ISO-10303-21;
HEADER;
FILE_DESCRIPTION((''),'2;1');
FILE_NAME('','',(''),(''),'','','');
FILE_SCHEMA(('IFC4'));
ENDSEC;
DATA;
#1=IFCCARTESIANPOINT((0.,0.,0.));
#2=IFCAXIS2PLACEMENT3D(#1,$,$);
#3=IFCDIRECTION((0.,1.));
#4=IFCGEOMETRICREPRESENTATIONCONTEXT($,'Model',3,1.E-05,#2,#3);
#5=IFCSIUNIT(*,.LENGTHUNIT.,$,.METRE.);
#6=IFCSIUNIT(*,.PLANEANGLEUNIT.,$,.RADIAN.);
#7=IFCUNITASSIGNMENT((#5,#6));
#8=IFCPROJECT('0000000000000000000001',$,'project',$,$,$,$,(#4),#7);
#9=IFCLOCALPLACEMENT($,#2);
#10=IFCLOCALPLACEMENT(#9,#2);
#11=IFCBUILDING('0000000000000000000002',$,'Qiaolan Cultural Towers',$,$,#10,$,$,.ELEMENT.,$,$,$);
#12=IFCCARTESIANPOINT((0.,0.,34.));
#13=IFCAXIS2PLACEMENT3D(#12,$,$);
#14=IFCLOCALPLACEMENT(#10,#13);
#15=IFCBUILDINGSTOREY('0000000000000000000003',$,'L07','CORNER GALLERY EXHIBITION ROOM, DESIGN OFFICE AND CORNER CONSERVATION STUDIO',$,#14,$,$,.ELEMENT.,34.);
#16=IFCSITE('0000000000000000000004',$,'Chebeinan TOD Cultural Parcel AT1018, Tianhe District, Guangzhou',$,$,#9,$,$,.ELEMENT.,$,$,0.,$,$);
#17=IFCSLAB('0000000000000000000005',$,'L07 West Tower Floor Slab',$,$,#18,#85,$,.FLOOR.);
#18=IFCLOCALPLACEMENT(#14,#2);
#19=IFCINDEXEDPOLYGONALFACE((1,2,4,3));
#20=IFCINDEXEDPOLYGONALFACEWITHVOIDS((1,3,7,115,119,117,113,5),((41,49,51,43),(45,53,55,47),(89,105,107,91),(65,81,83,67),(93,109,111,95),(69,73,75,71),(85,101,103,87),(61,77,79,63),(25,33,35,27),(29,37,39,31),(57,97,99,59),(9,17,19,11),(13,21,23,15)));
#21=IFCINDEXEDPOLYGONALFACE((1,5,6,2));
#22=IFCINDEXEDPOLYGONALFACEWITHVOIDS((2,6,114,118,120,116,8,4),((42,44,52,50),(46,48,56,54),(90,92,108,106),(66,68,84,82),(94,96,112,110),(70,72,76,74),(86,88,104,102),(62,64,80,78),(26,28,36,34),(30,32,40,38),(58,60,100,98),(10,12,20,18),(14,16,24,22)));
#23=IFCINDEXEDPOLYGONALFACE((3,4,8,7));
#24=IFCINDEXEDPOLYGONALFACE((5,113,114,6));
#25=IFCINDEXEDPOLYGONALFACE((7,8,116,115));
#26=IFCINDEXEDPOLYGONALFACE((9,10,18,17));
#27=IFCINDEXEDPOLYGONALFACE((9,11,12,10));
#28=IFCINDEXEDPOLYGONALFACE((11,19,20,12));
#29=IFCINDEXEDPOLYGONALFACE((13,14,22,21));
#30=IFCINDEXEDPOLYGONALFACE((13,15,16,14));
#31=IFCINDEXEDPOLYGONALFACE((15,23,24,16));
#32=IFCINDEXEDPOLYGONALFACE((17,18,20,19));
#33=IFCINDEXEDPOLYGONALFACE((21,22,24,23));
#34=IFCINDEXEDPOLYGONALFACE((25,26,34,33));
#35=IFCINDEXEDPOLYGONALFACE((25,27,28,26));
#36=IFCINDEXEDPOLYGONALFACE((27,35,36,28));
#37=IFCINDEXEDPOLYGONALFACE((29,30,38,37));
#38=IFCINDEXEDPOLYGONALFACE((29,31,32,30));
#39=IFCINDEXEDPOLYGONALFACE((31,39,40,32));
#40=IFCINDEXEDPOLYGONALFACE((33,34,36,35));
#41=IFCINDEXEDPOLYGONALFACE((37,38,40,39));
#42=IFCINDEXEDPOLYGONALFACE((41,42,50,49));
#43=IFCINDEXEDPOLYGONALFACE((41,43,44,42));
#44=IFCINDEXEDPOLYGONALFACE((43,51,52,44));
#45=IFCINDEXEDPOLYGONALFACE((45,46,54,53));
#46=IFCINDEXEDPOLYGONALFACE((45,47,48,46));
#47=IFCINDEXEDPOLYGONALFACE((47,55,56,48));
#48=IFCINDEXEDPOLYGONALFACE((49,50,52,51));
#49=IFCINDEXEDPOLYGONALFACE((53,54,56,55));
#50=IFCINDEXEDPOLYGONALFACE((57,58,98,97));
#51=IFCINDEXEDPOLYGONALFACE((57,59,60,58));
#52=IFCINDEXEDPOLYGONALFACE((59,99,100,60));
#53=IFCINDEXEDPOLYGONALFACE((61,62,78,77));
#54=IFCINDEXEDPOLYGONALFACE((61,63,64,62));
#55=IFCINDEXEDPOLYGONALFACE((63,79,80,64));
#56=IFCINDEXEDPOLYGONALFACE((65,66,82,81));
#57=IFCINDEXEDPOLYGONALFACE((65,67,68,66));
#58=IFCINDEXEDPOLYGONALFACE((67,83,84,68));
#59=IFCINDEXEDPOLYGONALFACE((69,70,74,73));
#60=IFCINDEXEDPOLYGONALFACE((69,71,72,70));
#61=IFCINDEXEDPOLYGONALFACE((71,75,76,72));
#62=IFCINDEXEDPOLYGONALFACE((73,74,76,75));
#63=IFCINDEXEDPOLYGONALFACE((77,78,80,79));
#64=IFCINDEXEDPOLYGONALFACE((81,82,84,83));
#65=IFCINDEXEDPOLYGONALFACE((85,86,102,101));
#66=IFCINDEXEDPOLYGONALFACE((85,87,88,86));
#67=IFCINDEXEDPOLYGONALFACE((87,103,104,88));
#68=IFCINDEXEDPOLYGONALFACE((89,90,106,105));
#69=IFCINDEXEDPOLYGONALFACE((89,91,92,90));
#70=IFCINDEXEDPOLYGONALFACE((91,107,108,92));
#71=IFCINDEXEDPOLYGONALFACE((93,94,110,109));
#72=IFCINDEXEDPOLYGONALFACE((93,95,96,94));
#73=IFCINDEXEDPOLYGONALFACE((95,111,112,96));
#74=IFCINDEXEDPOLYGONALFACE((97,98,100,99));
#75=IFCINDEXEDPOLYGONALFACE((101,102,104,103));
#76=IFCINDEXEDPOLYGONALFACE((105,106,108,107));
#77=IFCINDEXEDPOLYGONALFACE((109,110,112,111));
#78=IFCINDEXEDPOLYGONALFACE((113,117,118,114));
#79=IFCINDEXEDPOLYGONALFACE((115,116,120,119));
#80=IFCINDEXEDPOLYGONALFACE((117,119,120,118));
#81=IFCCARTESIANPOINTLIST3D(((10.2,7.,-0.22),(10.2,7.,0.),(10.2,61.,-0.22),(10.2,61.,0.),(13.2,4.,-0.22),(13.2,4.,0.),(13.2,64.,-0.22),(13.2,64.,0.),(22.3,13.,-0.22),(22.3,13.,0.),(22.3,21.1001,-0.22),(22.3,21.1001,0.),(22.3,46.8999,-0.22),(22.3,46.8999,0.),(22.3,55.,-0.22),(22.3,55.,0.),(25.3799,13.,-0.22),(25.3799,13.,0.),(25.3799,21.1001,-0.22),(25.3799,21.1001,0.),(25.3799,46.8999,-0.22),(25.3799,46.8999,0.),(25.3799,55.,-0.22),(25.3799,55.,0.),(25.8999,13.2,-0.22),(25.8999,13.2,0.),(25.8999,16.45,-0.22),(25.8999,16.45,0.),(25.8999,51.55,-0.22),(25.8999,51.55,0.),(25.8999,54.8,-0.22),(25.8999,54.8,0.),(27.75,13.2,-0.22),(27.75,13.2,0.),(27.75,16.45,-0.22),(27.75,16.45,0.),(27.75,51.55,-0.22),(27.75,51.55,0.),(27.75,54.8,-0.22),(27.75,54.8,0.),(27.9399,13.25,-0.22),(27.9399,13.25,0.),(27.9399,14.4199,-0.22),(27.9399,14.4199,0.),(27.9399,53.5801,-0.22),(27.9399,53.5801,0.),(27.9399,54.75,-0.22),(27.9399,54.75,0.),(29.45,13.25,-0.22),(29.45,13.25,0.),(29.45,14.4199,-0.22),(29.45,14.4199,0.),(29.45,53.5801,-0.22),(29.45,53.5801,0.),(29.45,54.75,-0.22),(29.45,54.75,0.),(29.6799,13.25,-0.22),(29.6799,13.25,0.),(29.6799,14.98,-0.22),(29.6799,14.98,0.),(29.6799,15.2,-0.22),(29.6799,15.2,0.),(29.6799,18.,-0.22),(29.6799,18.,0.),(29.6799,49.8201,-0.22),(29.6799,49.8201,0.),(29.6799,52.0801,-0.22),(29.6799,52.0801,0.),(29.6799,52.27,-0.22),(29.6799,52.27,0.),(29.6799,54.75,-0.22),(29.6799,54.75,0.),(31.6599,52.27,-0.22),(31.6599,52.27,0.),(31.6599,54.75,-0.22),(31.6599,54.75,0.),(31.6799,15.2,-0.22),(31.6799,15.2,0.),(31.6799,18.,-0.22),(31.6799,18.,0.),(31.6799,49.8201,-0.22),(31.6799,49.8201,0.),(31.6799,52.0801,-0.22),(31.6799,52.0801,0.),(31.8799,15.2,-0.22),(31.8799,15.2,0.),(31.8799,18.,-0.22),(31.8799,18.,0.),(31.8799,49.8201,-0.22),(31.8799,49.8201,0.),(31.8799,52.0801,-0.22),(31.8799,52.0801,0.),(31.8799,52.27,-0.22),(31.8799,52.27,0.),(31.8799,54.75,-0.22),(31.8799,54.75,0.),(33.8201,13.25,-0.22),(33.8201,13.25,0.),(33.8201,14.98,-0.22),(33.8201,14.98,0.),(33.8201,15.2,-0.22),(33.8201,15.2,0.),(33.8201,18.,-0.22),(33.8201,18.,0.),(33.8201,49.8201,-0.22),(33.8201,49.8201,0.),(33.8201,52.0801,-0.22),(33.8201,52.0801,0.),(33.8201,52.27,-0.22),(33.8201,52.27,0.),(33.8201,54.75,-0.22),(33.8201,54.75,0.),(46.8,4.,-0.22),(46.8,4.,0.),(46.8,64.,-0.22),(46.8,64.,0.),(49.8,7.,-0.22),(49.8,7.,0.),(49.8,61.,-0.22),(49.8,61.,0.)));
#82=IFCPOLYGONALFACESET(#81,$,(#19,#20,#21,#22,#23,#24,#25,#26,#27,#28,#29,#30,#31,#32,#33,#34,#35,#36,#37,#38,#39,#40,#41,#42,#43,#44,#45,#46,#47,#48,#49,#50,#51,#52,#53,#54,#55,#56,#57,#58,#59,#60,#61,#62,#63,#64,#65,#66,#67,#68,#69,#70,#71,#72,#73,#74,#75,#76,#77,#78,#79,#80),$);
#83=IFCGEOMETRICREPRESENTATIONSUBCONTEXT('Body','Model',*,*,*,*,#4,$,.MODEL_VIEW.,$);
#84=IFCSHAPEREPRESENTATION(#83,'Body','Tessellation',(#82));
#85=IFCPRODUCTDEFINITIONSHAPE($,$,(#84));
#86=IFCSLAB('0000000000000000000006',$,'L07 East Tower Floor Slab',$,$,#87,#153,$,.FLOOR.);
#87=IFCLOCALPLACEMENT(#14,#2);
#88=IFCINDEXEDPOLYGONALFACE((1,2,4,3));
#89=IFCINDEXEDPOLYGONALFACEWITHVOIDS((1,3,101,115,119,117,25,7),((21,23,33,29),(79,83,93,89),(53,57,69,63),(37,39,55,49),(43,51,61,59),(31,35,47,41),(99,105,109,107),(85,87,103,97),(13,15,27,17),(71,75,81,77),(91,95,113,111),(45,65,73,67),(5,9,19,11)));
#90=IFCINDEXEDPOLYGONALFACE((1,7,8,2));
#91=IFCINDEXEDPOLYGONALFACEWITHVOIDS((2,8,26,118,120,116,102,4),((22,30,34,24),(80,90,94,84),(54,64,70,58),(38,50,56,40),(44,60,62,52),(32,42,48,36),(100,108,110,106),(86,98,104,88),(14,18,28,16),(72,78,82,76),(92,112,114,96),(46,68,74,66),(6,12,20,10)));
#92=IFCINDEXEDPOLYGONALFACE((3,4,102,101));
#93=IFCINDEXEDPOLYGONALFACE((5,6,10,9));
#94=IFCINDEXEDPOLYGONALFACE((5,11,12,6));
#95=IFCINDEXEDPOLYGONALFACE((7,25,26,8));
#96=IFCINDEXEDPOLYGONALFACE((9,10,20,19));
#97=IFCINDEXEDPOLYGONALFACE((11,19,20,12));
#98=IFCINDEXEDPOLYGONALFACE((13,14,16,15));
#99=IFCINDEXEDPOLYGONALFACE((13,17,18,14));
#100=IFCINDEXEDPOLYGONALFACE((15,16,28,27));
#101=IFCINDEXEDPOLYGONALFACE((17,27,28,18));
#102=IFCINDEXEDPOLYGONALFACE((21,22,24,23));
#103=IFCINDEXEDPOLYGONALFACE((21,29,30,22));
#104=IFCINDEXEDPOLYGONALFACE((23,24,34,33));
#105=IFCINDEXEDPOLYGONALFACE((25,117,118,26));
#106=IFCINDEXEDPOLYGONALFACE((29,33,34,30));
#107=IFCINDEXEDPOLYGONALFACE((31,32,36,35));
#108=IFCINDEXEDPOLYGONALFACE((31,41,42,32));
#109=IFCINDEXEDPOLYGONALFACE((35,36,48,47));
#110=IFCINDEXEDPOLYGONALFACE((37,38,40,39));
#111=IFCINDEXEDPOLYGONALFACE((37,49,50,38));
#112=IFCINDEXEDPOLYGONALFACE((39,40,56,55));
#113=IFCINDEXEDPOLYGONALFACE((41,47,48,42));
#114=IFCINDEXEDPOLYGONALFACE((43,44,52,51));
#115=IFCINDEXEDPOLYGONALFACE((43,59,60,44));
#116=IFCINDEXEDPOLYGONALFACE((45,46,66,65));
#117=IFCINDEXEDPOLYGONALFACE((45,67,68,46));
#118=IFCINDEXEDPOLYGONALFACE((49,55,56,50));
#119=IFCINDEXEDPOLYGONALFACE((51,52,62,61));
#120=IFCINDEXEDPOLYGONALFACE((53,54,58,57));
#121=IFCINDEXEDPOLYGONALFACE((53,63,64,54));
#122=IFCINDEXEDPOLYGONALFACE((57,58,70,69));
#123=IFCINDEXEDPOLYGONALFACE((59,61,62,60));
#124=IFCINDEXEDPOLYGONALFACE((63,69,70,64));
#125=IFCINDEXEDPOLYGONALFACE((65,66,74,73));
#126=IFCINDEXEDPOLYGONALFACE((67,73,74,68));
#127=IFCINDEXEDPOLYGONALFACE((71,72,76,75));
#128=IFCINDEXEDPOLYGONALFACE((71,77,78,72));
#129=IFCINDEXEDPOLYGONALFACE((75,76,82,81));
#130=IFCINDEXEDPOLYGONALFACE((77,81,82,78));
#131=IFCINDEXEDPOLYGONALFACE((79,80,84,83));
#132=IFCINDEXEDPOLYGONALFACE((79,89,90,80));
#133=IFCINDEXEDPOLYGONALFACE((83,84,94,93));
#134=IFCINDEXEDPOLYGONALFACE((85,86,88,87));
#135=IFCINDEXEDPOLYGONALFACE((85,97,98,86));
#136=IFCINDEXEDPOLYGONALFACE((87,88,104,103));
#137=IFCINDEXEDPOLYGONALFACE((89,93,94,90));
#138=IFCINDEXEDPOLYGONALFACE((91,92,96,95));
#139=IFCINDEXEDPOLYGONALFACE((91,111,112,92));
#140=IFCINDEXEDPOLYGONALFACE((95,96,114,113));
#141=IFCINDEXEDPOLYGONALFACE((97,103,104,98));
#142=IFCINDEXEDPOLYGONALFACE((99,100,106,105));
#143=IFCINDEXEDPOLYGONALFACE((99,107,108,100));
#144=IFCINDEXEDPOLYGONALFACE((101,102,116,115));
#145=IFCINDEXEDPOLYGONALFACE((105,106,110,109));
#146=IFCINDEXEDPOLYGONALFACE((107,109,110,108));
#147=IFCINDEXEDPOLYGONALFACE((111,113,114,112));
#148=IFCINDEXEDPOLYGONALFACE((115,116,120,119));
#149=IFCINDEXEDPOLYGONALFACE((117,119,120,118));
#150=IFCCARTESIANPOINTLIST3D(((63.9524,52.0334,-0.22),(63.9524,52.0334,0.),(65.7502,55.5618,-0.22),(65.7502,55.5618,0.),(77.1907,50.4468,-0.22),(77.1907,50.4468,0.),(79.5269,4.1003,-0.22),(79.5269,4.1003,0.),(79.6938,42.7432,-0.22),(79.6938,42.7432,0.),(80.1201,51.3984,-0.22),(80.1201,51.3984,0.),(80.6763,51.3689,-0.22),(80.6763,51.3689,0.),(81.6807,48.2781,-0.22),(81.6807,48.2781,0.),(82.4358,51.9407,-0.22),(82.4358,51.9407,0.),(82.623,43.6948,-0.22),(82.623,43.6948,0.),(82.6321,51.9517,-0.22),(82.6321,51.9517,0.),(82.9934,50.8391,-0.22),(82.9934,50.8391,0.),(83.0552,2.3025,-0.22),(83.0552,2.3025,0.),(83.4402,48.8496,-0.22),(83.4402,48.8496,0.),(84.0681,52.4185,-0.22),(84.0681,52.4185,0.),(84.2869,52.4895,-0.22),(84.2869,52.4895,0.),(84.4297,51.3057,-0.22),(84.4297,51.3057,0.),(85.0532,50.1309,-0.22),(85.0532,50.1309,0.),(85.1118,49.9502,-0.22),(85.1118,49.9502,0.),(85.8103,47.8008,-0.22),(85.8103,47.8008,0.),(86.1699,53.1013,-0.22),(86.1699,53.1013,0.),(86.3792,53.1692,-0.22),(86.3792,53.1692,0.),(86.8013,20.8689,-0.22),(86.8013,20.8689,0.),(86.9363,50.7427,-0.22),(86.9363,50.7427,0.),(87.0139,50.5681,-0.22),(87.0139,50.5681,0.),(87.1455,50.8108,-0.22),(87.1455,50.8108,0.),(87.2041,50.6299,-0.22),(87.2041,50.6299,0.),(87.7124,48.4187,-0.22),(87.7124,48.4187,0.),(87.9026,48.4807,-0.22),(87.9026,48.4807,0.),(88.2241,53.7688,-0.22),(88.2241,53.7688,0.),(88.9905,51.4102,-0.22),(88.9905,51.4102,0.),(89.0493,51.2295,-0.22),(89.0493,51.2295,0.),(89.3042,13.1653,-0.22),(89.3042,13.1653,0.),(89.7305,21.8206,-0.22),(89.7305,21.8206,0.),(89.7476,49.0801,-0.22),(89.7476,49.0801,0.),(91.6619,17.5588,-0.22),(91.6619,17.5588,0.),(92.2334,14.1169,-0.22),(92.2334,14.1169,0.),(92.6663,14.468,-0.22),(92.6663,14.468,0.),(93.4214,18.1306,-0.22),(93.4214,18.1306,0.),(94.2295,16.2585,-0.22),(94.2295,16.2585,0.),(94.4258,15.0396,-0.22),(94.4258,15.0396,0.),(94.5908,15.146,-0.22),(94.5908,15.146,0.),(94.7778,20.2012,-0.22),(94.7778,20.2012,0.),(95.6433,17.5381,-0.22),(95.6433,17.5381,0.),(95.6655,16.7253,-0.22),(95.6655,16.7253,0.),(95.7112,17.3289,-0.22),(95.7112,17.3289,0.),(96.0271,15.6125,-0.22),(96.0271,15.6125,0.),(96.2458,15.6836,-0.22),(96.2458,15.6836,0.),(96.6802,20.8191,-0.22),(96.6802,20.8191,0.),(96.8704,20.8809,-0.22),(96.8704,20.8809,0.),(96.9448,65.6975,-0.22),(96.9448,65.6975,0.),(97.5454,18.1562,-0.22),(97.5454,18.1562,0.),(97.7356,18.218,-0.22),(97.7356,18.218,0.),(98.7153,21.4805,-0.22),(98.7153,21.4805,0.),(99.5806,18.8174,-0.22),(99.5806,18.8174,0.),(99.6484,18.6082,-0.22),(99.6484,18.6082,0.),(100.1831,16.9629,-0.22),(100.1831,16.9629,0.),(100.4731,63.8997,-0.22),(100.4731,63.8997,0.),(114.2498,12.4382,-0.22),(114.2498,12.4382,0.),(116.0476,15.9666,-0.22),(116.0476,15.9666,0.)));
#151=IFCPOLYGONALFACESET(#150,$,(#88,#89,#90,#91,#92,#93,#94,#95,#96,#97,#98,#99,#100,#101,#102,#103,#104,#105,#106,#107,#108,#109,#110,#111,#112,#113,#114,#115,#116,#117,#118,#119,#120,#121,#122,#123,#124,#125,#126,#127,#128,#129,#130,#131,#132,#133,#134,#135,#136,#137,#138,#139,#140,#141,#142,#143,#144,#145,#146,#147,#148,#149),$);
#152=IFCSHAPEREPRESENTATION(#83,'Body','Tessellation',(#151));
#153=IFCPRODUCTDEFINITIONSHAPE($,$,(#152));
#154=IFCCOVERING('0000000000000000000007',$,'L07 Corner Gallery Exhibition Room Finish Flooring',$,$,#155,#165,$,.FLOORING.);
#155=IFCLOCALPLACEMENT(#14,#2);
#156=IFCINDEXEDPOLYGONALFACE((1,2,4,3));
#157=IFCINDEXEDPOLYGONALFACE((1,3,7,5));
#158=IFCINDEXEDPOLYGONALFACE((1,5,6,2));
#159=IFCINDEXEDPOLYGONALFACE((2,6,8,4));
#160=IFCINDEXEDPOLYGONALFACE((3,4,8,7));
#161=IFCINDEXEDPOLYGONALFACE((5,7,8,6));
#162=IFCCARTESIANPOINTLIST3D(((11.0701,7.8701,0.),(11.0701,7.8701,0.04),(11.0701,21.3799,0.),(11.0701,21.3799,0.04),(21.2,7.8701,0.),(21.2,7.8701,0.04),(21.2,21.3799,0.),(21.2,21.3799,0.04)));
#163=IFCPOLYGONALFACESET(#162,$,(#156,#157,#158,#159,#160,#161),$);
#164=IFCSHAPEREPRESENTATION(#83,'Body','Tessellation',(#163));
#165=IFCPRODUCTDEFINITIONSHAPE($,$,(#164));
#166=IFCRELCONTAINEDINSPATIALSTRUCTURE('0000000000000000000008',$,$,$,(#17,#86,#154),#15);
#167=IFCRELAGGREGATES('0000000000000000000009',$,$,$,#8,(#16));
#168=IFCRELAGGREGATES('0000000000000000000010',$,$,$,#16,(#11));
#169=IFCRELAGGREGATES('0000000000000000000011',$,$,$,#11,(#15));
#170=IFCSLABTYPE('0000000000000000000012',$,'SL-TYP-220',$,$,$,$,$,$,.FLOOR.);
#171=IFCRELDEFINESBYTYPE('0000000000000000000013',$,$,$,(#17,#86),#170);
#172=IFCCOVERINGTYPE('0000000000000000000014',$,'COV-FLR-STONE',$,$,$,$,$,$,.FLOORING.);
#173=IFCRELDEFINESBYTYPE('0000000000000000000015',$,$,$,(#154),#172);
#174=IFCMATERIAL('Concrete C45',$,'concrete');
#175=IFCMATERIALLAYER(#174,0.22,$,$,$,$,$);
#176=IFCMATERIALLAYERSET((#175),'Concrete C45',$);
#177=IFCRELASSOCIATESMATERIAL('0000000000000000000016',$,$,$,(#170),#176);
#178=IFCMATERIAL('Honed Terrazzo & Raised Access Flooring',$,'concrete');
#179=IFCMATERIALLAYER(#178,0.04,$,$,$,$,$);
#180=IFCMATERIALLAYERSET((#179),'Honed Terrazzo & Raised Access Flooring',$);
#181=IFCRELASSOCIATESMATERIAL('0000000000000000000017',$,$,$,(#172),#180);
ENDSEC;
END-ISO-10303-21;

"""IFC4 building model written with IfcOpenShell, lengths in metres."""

from ifc_helpers import new_model, si_unit, direction, frame, origin, place, context, subcontext, project, spatial, polyline, outline, extrude, material, layer, layer_set, type_object, element, save


model = new_model("IFC4")

# Units and contexts
model_context = context("Model", 3, precision=1e-05, world=origin(), true_north=direction((0.0, 1.0)))
body_context = subcontext(model_context, "Body", "Model", "MODEL_VIEW")
ifc_project = project(units=[si_unit("LENGTHUNIT", "METRE"), si_unit("PLANEANGLEUNIT", "RADIAN")], contexts=[model_context])

# Site, building, storey
site_placement = place(None, origin())
site = spatial("IfcSite", under=ifc_project, at=site_placement, Name="Chebeinan TOD Cultural Parcel AT1018, Tianhe District, Guangzhou", CompositionType="ELEMENT", RefElevation=0.0)
building_placement = place(site_placement, origin())
building = spatial("IfcBuilding", under=site, at=building_placement, Name="Qiaolan Cultural Towers", CompositionType="ELEMENT")
storey_placement = place(building_placement, frame((0.0, 0.0, 34.0)))
storey = spatial("IfcBuildingStorey", under=building, at=storey_placement, Name="L07", Description="CORNER GALLERY EXHIBITION ROOM, DESIGN OFFICE AND CORNER CONSERVATION STUDIO", CompositionType="ELEMENT", Elevation=34.0)

# Slabs
ifc_material_1 = material(Name="Concrete C45", Category="concrete")
ifc_layer_1 = layer(ifc_material_1, 0.22)
ifc_layer_set_1 = layer_set([ifc_layer_1], Name="Concrete C45")
slab_type_1 = type_object("IfcSlabType", Name="SL-TYP-220", PredefinedType="FLOOR", material=ifc_layer_set_1)
slab_1_placement = place(storey_placement, frame((0.0, 0.0, -0.22)))
element("IfcSlab", 1, at=slab_1_placement, inside=storey, type_object=slab_type_1, Name="L07 West Tower Floor Slab", PredefinedType="FLOOR", context=body_context, shape_type="SweptSolid", body=[
    extrude(outline(polyline([(13.2, 4.0), (46.8, 4.0), (49.8, 7.0), (49.8, 61.0), (46.8, 64.0), (13.2, 64.0), (10.2, 61.0), (10.2, 7.0), (13.2, 4.0)]), holes=[polyline([(22.3, 21.1001), (22.3, 13.0), (25.3799, 13.0), (25.3799, 21.1001), (22.3, 21.1001)]), polyline([(25.3799, 46.8999), (25.3799, 55.0), (22.3, 55.0), (22.3, 46.8999), (25.3799, 46.8999)]), polyline([(25.8999, 13.2), (27.75, 13.2), (27.75, 16.45), (25.8999, 16.45), (25.8999, 13.2)]), polyline([(27.9399, 13.25), (29.45, 13.25), (29.45, 14.4199), (27.9399, 14.4199), (27.9399, 13.25)]), polyline([(29.6799, 15.2), (31.6799, 15.2), (31.6799, 18.0), (29.6799, 18.0), (29.6799, 15.2)]), polyline([(31.8799, 15.2), (33.8201, 15.2), (33.8201, 18.0), (31.8799, 18.0), (31.8799, 15.2)]), polyline([(29.6799, 13.25), (33.8201, 13.25), (33.8201, 14.98), (29.6799, 14.98), (29.6799, 13.25)]), polyline([(25.8999, 51.55), (27.75, 51.55), (27.75, 54.8), (25.8999, 54.8), (25.8999, 51.55)]), polyline([(27.9399, 53.5801), (29.45, 53.5801), (29.45, 54.75), (27.9399, 54.75), (27.9399, 53.5801)]), polyline([(29.6799, 49.8201), (31.6799, 49.8201), (31.6799, 52.0801), (29.6799, 52.0801), (29.6799, 49.8201)]), polyline([(31.8799, 49.8201), (33.8201, 49.8201), (33.8201, 52.0801), (31.8799, 52.0801), (31.8799, 49.8201)]), polyline([(29.6799, 52.27), (31.6599, 52.27), (31.6599, 54.75), (29.6799, 54.75), (29.6799, 52.27)]), polyline([(31.8799, 52.27), (33.8201, 52.27), (33.8201, 54.75), (31.8799, 54.75), (31.8799, 52.27)])]), origin(), (0.0, 0.0, 1.0), 0.22),
])
slab_2_placement = place(storey_placement, frame((0.0, 0.0, -0.22)))
element("IfcSlab", 2, at=slab_2_placement, inside=storey, type_object=slab_type_1, Name="L07 East Tower Floor Slab", PredefinedType="FLOOR", context=body_context, shape_type="SweptSolid", body=[
    extrude(outline(polyline([(83.0552, 2.3025), (114.2498, 12.4382), (116.0476, 15.9666), (100.4731, 63.8997), (96.9448, 65.6975), (65.7502, 55.5618), (63.9524, 52.0334), (79.5269, 4.1003), (83.0552, 2.3025)]), holes=[polyline([(86.8013, 20.8689), (89.3042, 13.1653), (92.2334, 14.1169), (89.7305, 21.8206), (86.8013, 20.8689)]), polyline([(82.623, 43.6948), (80.1201, 51.3984), (77.1907, 50.4468), (79.6938, 42.7432), (82.623, 43.6948)]), polyline([(92.6663, 14.468), (94.4258, 15.0396), (93.4214, 18.1306), (91.6619, 17.5588), (92.6663, 14.468)]), polyline([(94.5908, 15.146), (96.0271, 15.6125), (95.6655, 16.7253), (94.2295, 16.2585), (94.5908, 15.146)]), polyline([(95.6433, 17.5381), (97.5454, 18.1562), (96.6802, 20.8191), (94.7778, 20.2012), (95.6433, 17.5381)]), polyline([(97.7356, 18.218), (99.5806, 18.8174), (98.7153, 21.4805), (96.8704, 20.8809), (97.7356, 18.218)]), polyline([(96.2458, 15.6836), (100.1831, 16.9629), (99.6484, 18.6082), (95.7112, 17.3289), (96.2458, 15.6836)]), polyline([(81.6807, 48.2781), (83.4402, 48.8496), (82.4358, 51.9407), (80.6763, 51.3689), (81.6807, 48.2781)]), polyline([(82.9934, 50.8391), (84.4297, 51.3057), (84.0681, 52.4185), (82.6321, 51.9517), (82.9934, 50.8391)]), polyline([(85.8103, 47.8008), (87.7124, 48.4187), (87.0139, 50.5681), (85.1118, 49.9502), (85.8103, 47.8008)]), polyline([(87.9026, 48.4807), (89.7476, 49.0801), (89.0493, 51.2295), (87.2041, 50.6299), (87.9026, 48.4807)]), polyline([(85.0532, 50.1309), (86.9363, 50.7427), (86.1699, 53.1013), (84.2869, 52.4895), (85.0532, 50.1309)]), polyline([(87.1455, 50.8108), (88.9905, 51.4102), (88.2241, 53.7688), (86.3792, 53.1692), (87.1455, 50.8108)])]), origin(), (0.0, 0.0, 1.0), 0.22),
])

# Covering
ifc_material_2 = material(Name="Honed Terrazzo & Raised Access Flooring", Category="concrete")
ifc_layer_2 = layer(ifc_material_2, 0.04)
ifc_layer_set_2 = layer_set([ifc_layer_2], Name="Honed Terrazzo & Raised Access Flooring")
covering_type = type_object("IfcCoveringType", Name="COV-FLR-STONE", PredefinedType="FLOORING", material=ifc_layer_set_2)
covering_1_placement = place(storey_placement, origin())
element("IfcCovering", 3, at=covering_1_placement, inside=storey, type_object=covering_type, Name="L07 Corner Gallery Exhibition Room Finish Flooring", PredefinedType="FLOORING", context=body_context, shape_type="SweptSolid", body=[
    extrude(outline(polyline([(21.2, 7.8701), (21.2, 21.3799), (11.0701, 21.3799), (11.0701, 7.8701), (21.2, 7.8701)])), origin(), (0.0, 0.0, 1.0), 0.04),
])

save(model, "model.ifc")
